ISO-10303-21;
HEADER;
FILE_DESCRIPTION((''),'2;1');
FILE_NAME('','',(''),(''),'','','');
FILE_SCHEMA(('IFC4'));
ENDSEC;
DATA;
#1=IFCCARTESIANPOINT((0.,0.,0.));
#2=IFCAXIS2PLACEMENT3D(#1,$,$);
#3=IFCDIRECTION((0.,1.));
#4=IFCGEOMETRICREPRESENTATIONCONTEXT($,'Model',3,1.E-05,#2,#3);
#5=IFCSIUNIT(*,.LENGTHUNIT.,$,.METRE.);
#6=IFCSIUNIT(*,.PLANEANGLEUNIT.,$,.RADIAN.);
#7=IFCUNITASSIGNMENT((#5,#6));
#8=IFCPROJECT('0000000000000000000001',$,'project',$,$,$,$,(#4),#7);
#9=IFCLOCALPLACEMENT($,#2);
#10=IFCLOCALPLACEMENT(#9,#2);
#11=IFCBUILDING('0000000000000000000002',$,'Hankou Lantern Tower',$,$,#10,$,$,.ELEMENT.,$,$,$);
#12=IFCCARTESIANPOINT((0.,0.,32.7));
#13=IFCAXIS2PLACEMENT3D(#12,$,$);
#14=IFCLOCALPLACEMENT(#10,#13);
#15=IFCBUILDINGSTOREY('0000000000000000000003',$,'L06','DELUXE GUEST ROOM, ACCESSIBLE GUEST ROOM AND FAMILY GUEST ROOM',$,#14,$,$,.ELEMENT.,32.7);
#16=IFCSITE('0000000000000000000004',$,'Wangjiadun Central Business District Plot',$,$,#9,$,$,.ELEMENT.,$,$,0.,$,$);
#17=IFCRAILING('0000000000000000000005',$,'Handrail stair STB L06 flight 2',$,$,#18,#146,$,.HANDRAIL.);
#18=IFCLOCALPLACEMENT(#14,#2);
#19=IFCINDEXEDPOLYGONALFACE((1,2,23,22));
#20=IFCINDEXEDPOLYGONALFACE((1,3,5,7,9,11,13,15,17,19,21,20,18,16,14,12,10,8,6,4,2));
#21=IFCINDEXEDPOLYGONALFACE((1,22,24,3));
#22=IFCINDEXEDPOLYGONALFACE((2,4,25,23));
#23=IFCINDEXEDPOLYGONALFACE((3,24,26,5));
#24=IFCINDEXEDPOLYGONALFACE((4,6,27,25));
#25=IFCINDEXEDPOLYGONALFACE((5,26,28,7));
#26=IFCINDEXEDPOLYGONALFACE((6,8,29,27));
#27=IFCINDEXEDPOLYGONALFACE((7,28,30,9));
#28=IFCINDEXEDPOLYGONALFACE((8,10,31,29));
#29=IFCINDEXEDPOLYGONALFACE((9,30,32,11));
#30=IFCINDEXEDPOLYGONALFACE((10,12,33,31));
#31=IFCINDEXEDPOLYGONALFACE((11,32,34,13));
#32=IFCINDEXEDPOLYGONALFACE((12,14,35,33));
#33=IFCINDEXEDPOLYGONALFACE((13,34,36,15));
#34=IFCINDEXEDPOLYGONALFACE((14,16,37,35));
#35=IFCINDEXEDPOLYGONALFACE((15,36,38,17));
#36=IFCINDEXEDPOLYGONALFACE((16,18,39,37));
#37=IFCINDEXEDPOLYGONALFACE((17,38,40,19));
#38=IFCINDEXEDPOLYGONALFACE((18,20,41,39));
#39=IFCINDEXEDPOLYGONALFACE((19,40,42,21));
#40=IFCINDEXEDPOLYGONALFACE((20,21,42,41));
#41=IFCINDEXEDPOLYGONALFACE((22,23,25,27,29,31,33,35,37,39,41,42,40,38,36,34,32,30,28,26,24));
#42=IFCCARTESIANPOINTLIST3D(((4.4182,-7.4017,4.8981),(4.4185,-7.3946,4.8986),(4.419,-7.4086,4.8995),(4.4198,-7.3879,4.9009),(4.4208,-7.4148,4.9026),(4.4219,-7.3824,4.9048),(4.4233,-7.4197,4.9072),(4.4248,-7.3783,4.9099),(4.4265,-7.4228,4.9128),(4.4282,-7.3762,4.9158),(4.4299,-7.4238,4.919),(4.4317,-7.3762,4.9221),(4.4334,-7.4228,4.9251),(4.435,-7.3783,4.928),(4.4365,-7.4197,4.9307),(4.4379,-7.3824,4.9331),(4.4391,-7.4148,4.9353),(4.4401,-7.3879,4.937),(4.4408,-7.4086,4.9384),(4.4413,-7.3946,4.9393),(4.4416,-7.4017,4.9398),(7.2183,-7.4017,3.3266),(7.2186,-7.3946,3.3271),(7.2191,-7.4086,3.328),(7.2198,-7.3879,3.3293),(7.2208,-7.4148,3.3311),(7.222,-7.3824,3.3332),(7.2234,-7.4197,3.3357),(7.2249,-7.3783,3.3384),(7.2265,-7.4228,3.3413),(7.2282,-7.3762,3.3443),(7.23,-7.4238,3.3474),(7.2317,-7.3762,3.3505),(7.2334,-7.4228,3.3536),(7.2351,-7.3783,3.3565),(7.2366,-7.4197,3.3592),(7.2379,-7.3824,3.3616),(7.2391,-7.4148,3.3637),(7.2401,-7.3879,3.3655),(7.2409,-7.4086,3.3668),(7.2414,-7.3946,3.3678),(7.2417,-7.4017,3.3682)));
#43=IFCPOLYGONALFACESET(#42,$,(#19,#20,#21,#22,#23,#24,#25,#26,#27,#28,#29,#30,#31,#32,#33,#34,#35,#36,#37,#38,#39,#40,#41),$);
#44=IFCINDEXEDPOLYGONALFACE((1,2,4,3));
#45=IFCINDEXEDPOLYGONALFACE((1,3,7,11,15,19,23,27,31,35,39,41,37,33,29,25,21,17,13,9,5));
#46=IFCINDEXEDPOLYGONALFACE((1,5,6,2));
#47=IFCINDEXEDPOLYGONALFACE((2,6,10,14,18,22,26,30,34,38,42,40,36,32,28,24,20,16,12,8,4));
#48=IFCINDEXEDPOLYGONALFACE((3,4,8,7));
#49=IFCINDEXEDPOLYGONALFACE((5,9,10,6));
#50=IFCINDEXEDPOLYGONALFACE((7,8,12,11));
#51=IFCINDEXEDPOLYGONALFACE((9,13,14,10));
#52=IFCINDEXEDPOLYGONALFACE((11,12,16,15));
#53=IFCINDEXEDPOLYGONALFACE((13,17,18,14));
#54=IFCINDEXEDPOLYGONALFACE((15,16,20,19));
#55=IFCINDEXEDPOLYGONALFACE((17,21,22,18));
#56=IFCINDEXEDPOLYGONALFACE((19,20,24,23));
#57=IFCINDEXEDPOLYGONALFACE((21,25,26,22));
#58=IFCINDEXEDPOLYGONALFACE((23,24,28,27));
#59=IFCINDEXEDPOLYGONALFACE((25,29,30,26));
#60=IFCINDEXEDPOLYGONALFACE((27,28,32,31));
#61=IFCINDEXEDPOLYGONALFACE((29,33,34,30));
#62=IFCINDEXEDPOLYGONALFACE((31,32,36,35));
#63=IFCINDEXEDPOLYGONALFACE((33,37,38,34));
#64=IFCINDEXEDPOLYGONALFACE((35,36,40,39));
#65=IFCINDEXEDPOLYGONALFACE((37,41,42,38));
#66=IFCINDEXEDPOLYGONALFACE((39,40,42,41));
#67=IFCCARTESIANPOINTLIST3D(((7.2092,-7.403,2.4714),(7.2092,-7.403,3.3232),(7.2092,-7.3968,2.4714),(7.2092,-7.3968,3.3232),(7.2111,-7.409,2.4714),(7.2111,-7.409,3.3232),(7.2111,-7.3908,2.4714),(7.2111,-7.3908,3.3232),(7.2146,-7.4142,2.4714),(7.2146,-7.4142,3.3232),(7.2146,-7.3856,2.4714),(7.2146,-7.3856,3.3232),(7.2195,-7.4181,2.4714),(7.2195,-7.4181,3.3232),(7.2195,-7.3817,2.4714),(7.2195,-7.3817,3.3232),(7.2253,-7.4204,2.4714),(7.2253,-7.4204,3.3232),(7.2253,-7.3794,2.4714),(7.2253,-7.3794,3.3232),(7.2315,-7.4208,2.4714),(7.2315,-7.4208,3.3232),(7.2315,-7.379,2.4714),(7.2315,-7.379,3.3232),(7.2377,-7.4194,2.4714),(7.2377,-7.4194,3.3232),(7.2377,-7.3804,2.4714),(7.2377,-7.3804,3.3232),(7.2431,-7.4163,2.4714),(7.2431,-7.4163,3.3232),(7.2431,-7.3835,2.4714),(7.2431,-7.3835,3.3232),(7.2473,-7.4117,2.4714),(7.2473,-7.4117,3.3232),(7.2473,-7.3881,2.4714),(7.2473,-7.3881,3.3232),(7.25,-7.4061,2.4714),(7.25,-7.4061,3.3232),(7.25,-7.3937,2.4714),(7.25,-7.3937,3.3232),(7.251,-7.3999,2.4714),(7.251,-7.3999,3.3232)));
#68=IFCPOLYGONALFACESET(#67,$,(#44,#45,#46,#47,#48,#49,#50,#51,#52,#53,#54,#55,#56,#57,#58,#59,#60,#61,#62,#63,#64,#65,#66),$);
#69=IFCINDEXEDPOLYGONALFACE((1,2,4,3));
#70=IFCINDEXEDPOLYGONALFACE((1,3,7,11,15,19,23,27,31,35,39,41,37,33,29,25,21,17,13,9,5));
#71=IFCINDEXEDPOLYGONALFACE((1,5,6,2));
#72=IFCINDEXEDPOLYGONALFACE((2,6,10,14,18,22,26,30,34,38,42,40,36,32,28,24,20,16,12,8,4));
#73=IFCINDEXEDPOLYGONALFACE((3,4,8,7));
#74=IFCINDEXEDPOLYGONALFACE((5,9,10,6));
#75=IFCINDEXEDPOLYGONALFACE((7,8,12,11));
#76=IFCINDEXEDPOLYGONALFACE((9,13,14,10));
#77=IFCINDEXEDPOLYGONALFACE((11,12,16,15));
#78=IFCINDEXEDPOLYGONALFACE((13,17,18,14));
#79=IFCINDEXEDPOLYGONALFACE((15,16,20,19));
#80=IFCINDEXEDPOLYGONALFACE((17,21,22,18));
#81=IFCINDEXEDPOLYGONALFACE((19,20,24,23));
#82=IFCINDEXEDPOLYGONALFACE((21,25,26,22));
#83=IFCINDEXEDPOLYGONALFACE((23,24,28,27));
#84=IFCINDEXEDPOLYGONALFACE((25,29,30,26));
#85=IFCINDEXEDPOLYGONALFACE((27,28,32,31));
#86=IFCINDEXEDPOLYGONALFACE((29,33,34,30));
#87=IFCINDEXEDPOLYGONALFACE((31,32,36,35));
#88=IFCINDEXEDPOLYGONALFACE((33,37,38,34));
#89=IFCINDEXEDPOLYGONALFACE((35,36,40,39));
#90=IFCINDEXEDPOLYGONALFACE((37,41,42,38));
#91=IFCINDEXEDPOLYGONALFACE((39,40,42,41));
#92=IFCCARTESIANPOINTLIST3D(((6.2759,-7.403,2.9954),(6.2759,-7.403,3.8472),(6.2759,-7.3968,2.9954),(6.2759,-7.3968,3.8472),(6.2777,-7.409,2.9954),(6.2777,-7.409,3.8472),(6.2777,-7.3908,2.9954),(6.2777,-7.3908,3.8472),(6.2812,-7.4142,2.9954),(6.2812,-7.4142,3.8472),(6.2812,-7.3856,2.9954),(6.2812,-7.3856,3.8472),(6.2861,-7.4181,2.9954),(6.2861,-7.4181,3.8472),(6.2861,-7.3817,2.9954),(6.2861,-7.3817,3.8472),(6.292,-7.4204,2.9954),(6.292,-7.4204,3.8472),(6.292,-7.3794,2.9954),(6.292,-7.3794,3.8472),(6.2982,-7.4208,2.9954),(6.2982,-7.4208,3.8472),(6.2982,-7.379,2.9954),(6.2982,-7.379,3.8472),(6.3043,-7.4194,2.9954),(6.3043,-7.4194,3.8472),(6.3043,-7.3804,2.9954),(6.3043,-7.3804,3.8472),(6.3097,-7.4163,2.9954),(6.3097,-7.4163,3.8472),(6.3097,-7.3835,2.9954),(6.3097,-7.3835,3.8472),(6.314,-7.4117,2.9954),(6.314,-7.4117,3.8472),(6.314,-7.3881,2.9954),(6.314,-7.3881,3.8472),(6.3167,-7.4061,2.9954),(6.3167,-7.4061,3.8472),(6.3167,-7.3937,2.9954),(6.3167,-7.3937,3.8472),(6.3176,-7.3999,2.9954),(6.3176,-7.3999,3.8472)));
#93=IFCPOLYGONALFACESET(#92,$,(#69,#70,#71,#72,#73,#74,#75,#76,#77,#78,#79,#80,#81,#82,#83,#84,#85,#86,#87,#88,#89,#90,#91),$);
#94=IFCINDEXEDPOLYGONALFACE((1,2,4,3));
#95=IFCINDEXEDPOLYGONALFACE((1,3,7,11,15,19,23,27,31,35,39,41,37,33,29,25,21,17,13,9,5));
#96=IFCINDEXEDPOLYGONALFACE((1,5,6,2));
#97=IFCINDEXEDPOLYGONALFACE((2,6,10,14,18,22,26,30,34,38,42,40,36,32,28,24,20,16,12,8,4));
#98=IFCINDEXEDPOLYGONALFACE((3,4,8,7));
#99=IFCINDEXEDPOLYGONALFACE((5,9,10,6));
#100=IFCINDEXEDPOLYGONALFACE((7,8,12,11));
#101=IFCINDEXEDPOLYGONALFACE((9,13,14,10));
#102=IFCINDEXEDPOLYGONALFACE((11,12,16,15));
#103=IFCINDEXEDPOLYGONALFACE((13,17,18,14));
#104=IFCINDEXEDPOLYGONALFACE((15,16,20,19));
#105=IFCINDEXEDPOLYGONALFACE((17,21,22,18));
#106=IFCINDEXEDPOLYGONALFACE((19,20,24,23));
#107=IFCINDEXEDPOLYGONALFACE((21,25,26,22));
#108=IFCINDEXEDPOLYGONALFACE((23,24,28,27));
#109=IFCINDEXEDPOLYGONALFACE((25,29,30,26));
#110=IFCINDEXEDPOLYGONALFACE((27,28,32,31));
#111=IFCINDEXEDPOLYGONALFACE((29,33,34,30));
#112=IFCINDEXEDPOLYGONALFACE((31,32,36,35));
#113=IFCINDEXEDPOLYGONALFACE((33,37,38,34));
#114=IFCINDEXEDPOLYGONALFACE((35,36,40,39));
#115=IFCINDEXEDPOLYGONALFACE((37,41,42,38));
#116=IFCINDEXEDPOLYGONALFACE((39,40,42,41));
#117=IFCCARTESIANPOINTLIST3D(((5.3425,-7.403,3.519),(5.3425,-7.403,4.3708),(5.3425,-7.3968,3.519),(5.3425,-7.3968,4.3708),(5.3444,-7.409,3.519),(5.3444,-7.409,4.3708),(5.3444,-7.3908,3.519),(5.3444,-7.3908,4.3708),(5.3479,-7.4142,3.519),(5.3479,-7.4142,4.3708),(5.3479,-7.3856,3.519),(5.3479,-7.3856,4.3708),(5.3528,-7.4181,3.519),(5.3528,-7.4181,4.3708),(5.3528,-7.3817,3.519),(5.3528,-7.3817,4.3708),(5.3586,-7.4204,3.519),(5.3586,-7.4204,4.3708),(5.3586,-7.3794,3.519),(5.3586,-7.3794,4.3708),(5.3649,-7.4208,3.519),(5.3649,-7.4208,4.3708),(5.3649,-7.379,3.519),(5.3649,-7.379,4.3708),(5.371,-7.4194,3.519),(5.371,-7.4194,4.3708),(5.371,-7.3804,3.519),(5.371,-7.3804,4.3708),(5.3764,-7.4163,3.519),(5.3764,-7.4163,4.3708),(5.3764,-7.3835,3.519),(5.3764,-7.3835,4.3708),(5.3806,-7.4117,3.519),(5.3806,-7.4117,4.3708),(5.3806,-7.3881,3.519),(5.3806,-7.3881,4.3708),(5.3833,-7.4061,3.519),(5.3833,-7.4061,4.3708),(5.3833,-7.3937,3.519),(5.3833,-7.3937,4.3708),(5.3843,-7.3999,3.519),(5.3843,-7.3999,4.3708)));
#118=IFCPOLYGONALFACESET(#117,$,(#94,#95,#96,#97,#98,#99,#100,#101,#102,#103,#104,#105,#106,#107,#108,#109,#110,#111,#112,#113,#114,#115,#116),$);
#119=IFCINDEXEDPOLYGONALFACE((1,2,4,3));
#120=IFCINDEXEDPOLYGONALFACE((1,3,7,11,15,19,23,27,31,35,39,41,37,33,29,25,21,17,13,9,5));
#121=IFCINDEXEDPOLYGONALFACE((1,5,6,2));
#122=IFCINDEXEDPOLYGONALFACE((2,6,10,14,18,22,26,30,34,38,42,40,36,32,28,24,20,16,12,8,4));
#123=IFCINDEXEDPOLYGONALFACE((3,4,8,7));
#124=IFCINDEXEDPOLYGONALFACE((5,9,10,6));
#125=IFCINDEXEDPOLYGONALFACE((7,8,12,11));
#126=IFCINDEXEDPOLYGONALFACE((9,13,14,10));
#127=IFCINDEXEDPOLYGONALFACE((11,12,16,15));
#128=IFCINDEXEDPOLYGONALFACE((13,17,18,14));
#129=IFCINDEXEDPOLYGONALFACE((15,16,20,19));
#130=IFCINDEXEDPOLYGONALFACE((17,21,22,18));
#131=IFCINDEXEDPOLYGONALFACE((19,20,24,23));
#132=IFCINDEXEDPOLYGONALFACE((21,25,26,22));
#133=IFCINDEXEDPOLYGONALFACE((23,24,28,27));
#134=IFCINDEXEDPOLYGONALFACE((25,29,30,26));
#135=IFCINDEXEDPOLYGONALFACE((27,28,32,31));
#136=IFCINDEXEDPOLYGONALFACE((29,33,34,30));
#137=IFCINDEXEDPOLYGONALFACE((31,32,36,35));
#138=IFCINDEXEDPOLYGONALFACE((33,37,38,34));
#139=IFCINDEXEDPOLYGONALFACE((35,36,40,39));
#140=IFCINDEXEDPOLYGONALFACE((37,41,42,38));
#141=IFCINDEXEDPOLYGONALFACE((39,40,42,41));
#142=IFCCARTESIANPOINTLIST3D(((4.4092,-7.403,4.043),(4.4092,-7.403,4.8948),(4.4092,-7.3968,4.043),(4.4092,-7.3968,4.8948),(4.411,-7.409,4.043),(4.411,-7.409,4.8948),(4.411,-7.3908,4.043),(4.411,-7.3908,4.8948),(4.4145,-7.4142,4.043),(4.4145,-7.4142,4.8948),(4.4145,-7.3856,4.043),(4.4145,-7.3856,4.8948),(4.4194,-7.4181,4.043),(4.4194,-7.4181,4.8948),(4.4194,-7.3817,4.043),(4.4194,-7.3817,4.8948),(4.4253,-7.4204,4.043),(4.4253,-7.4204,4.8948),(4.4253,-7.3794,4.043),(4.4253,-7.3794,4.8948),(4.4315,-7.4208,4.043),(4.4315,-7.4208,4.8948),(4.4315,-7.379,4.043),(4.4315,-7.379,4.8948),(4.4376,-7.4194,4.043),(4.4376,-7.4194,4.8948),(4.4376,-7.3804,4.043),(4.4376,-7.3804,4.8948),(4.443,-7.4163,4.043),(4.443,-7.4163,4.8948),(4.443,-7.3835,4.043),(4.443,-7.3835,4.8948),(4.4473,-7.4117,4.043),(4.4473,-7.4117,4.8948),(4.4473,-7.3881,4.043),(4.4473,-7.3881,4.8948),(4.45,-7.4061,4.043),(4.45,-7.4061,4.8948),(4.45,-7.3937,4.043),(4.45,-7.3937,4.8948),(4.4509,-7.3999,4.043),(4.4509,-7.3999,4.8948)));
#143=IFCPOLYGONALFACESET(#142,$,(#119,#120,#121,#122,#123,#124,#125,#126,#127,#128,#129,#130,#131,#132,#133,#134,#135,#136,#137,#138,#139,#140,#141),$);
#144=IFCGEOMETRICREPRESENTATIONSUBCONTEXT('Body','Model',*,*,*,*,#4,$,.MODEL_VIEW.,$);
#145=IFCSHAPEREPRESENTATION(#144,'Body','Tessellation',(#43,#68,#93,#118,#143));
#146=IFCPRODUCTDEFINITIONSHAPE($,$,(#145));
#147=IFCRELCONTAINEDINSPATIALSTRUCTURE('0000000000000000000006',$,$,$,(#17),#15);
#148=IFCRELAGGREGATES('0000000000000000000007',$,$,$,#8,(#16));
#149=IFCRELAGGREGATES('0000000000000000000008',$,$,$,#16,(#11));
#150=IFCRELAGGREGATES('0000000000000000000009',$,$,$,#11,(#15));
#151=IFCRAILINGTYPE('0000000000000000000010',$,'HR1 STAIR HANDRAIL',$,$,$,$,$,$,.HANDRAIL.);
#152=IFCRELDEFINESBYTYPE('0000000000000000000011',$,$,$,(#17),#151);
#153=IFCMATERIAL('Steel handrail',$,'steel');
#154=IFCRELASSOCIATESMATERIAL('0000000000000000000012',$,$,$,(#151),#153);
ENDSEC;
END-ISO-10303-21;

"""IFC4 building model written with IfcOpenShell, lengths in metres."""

from ifc_helpers import new_model, si_unit, direction, frame, origin, origin_2d, place, context, subcontext, project, spatial, circle, extrude, material, type_object, element, save


model = new_model("IFC4")

# Units and contexts
model_context = context("Model", 3, precision=1e-05, world=origin(), true_north=direction((0.0, 1.0)))
body_context = subcontext(model_context, "Body", "Model", "MODEL_VIEW")
ifc_project = project(units=[si_unit("LENGTHUNIT", "METRE"), si_unit("PLANEANGLEUNIT", "RADIAN")], contexts=[model_context])

# Site, building, storey
site_placement = place(None, origin())
site = spatial("IfcSite", under=ifc_project, at=site_placement, Name="Wangjiadun Central Business District Plot", CompositionType="ELEMENT", RefElevation=0.0)
building_placement = place(site_placement, origin())
building = spatial("IfcBuilding", under=site, at=building_placement, Name="Hankou Lantern Tower", CompositionType="ELEMENT")
storey_placement = place(building_placement, frame((0.0, 0.0, 32.7)))
storey = spatial("IfcBuildingStorey", under=building, at=storey_placement, Name="L06", Description="DELUXE GUEST ROOM, ACCESSIBLE GUEST ROOM AND FAMILY GUEST ROOM", CompositionType="ELEMENT", Elevation=32.7)

# Railing
ifc_material_1 = material(Name="Steel handrail", Category="steel")
railing_type = type_object("IfcRailingType", Name="HR1 STAIR HANDRAIL", PredefinedType="HANDRAIL", material=ifc_material_1)
railing_1_placement = place(storey_placement, frame((7.23, -7.3999, 2.4714)))
element("IfcRailing", 1, at=railing_1_placement, inside=storey, type_object=railing_type, Name="Handrail stair STB L06 flight 2", PredefinedType="HANDRAIL", context=body_context, shape_type="SweptSolid", body=[
    extrude(circle(Radius=0.0239, at=origin_2d()), frame((0.0, 0.0, 0.876), z_axis=(-0.87204, 0.0, 0.489434), x_axis=(0.0, -1.0, 0.0)), (0.0, 0.0, 1.0), 3.2109),
    extrude(circle(Radius=0.021, at=origin_2d()), origin(), (0.0, 0.0, 1.0), 0.8518),
    extrude(circle(Radius=0.021, at=origin_2d()), frame((-0.9333, 0.0, 0.5239)), (0.0, 0.0, 1.0), 0.8518),
    extrude(circle(Radius=0.021, at=origin_2d()), frame((-1.8667, 0.0, 1.0476)), (0.0, 0.0, 1.0), 0.8518),
    extrude(circle(Radius=0.021, at=origin_2d()), frame((-2.8, 0.0, 1.5715)), (0.0, 0.0, 1.0), 0.8518),
])

save(model, "model.ifc")
